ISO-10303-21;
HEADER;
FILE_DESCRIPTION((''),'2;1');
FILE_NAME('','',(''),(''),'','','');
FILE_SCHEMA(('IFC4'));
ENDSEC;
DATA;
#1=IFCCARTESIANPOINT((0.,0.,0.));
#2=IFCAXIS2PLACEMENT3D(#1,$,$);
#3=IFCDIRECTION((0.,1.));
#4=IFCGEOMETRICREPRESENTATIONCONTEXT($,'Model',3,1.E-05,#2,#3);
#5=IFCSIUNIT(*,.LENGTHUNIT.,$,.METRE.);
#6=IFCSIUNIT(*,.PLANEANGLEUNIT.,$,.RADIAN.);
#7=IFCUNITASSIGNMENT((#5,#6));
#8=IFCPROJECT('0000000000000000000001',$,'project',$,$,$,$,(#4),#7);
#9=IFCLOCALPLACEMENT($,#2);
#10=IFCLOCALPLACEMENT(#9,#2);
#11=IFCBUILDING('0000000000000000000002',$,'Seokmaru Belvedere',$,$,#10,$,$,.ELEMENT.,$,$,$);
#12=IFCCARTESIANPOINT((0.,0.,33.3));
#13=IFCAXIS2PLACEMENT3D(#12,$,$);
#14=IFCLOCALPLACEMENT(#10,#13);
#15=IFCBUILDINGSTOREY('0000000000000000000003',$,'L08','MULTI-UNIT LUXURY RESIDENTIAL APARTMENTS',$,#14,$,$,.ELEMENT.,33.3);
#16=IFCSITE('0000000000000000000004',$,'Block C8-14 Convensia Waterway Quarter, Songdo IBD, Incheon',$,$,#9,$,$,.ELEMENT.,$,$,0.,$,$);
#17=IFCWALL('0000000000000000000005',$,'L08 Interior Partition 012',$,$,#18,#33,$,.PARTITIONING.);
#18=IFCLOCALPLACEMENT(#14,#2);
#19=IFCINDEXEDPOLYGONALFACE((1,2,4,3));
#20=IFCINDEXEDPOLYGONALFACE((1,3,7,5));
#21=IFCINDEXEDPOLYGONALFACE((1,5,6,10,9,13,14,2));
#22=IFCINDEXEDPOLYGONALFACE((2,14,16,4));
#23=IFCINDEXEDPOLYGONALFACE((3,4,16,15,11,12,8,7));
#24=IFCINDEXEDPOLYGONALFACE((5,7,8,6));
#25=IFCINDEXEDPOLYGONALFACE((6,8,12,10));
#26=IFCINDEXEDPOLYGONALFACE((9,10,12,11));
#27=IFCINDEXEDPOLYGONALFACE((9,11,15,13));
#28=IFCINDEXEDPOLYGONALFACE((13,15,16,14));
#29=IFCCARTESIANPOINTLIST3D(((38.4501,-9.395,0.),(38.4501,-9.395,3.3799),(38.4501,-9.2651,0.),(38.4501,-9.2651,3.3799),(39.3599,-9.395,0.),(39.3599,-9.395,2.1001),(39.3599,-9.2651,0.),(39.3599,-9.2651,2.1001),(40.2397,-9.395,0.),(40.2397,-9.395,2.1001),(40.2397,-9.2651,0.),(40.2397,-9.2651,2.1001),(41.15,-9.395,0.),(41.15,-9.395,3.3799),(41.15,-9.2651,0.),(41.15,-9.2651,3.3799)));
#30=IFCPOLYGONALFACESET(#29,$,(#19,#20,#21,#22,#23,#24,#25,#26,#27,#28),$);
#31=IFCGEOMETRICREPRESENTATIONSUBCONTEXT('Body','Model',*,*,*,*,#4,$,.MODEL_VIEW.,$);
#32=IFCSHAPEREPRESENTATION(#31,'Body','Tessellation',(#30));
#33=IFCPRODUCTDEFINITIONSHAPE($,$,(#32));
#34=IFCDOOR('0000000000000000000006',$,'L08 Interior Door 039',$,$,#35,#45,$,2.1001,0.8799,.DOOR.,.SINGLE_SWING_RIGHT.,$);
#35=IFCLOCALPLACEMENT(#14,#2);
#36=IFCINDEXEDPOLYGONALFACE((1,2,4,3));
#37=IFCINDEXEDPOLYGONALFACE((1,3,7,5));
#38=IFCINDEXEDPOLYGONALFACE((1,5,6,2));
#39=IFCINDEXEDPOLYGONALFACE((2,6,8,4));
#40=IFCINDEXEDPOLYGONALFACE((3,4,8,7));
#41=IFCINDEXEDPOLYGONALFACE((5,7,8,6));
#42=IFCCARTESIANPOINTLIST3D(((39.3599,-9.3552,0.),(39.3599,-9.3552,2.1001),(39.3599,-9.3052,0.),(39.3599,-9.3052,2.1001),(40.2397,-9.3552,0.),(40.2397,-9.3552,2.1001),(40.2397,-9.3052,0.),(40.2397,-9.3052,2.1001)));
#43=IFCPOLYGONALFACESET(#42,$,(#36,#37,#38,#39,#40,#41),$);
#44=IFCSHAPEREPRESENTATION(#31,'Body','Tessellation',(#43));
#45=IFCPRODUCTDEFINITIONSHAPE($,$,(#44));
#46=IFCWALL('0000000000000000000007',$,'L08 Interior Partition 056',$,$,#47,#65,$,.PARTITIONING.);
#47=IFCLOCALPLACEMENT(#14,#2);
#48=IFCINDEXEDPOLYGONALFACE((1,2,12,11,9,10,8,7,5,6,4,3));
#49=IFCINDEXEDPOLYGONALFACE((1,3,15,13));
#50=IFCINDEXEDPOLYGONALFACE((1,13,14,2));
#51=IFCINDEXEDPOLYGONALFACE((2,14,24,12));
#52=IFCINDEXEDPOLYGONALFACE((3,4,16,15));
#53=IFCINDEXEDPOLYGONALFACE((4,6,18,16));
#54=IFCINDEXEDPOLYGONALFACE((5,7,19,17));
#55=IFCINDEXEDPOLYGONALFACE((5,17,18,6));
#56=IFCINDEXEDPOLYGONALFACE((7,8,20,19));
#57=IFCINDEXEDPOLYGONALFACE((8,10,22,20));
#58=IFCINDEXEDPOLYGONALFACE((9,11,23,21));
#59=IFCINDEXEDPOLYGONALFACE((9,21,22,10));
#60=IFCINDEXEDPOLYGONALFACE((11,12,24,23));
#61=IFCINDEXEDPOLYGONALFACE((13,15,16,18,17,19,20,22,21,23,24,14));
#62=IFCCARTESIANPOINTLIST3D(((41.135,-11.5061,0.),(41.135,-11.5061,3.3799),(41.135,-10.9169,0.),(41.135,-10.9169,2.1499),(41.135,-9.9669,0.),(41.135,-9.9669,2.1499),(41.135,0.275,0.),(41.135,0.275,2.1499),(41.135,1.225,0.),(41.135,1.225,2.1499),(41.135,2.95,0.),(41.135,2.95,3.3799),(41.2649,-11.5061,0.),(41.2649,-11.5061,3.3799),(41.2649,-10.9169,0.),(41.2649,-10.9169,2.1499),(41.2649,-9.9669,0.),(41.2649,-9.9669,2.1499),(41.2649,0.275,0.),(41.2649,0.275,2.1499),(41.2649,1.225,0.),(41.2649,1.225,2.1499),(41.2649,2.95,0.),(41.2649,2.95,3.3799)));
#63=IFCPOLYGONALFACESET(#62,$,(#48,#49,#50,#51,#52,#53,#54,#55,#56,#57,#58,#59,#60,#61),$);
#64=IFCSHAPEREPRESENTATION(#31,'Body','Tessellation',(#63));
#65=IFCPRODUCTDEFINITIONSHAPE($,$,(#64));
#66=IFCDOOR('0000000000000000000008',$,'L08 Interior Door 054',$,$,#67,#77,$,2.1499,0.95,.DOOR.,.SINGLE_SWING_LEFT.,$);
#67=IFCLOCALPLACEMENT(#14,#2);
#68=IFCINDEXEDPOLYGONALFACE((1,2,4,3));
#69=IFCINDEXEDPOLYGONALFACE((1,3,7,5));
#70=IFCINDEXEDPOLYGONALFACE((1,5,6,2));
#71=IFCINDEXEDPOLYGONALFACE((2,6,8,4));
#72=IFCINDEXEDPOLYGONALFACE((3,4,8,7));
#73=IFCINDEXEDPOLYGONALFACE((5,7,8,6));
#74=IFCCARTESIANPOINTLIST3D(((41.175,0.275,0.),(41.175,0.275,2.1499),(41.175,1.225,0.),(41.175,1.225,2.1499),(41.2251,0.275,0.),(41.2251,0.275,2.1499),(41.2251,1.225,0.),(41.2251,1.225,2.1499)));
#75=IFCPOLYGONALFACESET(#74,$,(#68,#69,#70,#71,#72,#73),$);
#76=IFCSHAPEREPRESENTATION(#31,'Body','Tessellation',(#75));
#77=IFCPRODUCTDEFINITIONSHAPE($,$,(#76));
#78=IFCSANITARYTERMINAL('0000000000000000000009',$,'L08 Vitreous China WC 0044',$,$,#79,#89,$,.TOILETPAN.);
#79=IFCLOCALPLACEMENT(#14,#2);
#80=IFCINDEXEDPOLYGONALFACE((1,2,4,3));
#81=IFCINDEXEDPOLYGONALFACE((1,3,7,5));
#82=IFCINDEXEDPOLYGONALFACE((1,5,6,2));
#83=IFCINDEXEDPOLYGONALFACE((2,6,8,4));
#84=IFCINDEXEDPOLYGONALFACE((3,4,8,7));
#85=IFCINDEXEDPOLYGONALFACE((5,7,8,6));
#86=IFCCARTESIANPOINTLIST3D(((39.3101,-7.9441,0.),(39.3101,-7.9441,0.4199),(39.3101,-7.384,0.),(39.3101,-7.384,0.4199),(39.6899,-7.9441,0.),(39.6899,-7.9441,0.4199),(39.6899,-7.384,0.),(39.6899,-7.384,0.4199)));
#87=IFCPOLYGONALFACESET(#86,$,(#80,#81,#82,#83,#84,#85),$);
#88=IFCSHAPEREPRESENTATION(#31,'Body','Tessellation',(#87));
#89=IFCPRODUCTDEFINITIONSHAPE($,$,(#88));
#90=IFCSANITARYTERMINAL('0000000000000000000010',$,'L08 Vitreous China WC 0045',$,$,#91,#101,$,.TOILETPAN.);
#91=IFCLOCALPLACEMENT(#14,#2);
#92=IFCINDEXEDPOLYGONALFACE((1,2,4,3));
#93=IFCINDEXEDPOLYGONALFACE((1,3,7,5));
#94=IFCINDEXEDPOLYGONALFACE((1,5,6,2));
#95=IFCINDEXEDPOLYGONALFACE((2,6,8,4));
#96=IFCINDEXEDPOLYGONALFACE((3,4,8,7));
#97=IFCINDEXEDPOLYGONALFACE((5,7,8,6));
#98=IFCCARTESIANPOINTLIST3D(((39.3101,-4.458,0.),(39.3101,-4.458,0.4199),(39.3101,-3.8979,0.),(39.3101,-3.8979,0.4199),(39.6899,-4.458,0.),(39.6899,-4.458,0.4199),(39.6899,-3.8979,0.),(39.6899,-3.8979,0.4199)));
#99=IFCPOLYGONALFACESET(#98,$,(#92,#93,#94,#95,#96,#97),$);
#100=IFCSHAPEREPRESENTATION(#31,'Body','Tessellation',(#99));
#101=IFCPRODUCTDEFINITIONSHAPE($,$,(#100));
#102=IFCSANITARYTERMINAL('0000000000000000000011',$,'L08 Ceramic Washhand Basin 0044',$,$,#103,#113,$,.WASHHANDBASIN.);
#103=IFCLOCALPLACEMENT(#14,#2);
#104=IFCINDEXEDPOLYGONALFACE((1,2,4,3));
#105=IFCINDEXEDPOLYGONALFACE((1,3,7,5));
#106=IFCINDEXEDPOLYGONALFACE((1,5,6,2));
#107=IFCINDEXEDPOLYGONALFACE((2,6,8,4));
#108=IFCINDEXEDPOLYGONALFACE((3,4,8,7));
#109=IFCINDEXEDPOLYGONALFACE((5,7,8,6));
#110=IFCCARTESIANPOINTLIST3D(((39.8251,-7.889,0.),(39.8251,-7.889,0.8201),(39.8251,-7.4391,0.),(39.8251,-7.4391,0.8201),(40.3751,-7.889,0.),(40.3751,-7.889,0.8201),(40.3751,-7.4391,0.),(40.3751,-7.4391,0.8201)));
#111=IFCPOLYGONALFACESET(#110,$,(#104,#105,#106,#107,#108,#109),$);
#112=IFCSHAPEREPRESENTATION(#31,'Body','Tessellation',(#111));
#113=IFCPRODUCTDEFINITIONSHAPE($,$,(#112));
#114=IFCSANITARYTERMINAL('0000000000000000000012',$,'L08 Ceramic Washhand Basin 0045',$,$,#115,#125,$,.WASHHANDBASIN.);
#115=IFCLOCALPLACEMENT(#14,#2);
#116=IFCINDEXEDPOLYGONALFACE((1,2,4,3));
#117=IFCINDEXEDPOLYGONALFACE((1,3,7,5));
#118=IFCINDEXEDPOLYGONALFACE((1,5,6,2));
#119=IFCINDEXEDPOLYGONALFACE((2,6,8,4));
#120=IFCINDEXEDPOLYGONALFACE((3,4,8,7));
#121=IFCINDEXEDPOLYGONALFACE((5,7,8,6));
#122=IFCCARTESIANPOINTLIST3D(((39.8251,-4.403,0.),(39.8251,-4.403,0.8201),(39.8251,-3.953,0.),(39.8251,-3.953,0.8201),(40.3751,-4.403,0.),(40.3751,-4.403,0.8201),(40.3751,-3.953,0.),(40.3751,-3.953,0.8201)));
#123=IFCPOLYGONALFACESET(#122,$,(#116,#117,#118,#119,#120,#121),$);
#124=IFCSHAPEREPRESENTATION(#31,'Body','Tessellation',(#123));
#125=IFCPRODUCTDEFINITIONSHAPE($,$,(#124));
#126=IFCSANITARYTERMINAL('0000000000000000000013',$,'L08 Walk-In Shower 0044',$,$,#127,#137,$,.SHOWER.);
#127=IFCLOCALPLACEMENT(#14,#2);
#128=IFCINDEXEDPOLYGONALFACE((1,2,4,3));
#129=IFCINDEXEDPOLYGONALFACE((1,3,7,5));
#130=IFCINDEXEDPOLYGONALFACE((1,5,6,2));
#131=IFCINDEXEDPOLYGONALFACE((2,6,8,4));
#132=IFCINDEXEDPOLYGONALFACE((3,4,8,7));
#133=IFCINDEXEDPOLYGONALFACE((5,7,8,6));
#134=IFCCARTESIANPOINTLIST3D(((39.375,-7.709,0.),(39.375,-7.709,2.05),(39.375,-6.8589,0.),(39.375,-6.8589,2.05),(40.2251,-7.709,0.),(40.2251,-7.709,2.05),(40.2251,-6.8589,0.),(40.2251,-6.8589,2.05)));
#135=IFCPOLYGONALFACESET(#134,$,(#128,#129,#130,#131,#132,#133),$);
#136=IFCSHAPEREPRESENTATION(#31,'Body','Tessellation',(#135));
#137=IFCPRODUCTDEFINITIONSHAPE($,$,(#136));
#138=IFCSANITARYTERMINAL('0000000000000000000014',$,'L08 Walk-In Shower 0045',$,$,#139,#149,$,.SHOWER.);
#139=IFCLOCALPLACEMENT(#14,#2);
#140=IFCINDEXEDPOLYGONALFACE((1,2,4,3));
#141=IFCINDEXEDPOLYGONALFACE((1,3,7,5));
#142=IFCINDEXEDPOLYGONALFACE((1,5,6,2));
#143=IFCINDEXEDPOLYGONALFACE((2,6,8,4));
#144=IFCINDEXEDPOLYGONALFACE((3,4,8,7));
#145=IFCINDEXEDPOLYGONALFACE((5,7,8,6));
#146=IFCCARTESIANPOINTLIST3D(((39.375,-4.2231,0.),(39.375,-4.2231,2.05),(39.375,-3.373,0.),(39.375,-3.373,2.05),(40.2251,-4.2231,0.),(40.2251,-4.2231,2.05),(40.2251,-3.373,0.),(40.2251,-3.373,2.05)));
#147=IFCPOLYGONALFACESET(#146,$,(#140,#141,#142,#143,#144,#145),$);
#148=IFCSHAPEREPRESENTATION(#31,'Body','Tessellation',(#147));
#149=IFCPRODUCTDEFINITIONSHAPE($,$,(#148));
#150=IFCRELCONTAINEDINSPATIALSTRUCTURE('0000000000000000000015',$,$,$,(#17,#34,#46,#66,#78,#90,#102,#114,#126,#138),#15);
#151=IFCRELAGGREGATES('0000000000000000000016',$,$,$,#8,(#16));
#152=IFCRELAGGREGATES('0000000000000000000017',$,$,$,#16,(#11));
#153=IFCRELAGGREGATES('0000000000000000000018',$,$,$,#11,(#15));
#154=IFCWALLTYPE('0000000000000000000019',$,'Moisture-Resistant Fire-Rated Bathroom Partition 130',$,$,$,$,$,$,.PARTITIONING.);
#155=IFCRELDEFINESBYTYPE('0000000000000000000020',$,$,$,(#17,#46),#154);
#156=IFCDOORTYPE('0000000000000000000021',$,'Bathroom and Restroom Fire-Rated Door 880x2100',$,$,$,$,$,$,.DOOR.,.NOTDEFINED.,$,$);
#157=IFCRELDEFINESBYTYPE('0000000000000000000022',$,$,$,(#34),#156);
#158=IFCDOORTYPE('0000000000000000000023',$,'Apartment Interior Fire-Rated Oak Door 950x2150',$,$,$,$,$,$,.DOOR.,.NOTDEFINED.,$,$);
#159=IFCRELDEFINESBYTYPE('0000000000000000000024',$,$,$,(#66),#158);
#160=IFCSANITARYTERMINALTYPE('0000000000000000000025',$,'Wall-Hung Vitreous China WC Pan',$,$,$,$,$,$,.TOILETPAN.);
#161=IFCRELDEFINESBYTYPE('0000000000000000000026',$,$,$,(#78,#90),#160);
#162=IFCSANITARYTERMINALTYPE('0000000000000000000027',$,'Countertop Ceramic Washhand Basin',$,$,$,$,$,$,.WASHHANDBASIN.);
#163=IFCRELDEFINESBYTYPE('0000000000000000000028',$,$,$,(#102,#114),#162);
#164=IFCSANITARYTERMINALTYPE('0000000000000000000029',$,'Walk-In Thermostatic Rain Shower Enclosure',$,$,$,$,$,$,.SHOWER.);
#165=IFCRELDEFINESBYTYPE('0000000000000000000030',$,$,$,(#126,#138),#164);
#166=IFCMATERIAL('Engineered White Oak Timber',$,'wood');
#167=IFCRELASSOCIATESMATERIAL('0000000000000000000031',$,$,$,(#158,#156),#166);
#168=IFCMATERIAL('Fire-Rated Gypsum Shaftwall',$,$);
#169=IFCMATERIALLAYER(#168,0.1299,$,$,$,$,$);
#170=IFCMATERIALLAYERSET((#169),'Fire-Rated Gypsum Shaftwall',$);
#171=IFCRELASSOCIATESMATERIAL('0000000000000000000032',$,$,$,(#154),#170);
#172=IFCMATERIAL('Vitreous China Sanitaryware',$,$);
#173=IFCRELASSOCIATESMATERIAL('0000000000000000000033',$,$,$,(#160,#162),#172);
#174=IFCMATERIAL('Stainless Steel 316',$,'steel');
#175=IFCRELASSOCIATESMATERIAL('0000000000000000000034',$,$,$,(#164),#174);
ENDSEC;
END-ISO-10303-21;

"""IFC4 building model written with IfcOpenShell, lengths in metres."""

from ifc_helpers import new_model, si_unit, direction, frame, frame_2d, origin, origin_2d, place, context, subcontext, project, spatial, rectangle, extrude, source, transform, mapped, material, layer, layer_set, type_object, type_shapes, element, fill, save


model = new_model("IFC4")

# Units and contexts
model_context = context("Model", 3, precision=1e-05, world=origin(), true_north=direction((0.0, 1.0)))
body_context = subcontext(model_context, "Body", "Model", "MODEL_VIEW")
ifc_project = project(units=[si_unit("LENGTHUNIT", "METRE"), si_unit("PLANEANGLEUNIT", "RADIAN")], contexts=[model_context])

# Site, building, storey
site_placement = place(None, origin())
site = spatial("IfcSite", under=ifc_project, at=site_placement, Name="Block C8-14 Convensia Waterway Quarter, Songdo IBD, Incheon", CompositionType="ELEMENT", RefElevation=0.0)
building_placement = place(site_placement, origin())
building = spatial("IfcBuilding", under=site, at=building_placement, Name="Seokmaru Belvedere", CompositionType="ELEMENT")
storey_placement = place(building_placement, frame((0.0, 0.0, 33.3)))
storey = spatial("IfcBuildingStorey", under=building, at=storey_placement, Name="L08", Description="MULTI-UNIT LUXURY RESIDENTIAL APARTMENTS", CompositionType="ELEMENT", Elevation=33.3)

# Shared definitions
ifc_material_1 = material(Name="Fire-Rated Gypsum Shaftwall")

# Shared definitions
ifc_material_2 = material(Name="Engineered White Oak Timber", Category="wood")
door_type_1 = type_object("IfcDoorType", Name="Apartment Interior Fire-Rated Oak Door 950x2150", OperationType="NOTDEFINED", PredefinedType="DOOR", material=ifc_material_2)
shared_shape_1 = source(origin(), body_context, "Body", "SweptSolid", [
    extrude(rectangle(XDim=0.95, YDim=2.1499, at=frame_2d((0.4751, 1.075))), frame((0.0, 0.0249, 0.0), z_axis=(0.0, -1.0, 0.0), x_axis=(1.0, 0.0, 0.0)), (0.0, 0.0, 1.0), 0.05),
])
type_shapes(door_type_1, [shared_shape_1])

# Wall, opening, door
ifc_layer_1 = layer(ifc_material_1, 0.1299)
ifc_layer_set_1 = layer_set([ifc_layer_1], Name="Fire-Rated Gypsum Shaftwall")
wall_type_1 = type_object("IfcWallType", Name="Moisture-Resistant Fire-Rated Bathroom Partition 130", PredefinedType="PARTITIONING", material=ifc_layer_set_1)
wall_1_placement = place(storey_placement, frame((38.45, -9.3301, 0.0), z_axis=(0.0, 0.0, 1.0), x_axis=(1.0, 0.0, 0.0)))
wall_1 = element("IfcWall", 1, at=wall_1_placement, inside=storey, type_object=wall_type_1, Name="L08 Interior Partition 012", PredefinedType="PARTITIONING", context=body_context, shape_type="SweptSolid", body=[
    extrude(rectangle(XDim=2.7, YDim=0.1299, at=frame_2d((1.3501, 0.0))), origin(), (0.0, 0.0, 1.0), 3.3799),
])
opening_1_placement = place(wall_1_placement, frame((0.9099, 0.0, 0.0)))
opening_1 = element("IfcOpeningElement", 2, at=opening_1_placement, cuts=wall_1, PredefinedType="OPENING", context=body_context, shape_type="SweptSolid", body=[
    extrude(rectangle(XDim=0.8799, YDim=2.1001, at=frame_2d((0.4399, 1.05))), frame((0.0, 0.075, 0.0), z_axis=(0.0, -1.0, 0.0), x_axis=(1.0, 0.0, 0.0)), (0.0, 0.0, 1.0), 0.1499),
])
door_type_2 = type_object("IfcDoorType", Name="Bathroom and Restroom Fire-Rated Door 880x2100", OperationType="NOTDEFINED", PredefinedType="DOOR", material=ifc_material_2)
shared_shape_2 = source(origin(), body_context, "Body", "SweptSolid", [
    extrude(rectangle(XDim=0.8799, YDim=2.1001, at=frame_2d((0.4399, 1.05))), frame((0.0, 0.0249, 0.0), z_axis=(0.0, -1.0, 0.0), x_axis=(1.0, 0.0, 0.0)), (0.0, 0.0, 1.0), 0.05),
])
type_shapes(door_type_2, [shared_shape_2])
door_1_placement = place(opening_1_placement, origin())
door_1 = element("IfcDoor", 3, at=door_1_placement, inside=storey, type_object=door_type_2, Name="L08 Interior Door 039", OperationType="SINGLE_SWING_RIGHT", OverallHeight=2.1001, OverallWidth=0.8799, PredefinedType="DOOR", context=body_context, shape_type="MappedRepresentation", body=[
    mapped(shared_shape_2, transform((0.0, 0.0, 0.0), scale=1.0)),
])
fill(opening_1, door_1)

# Wall, openings, door
wall_2_placement = place(storey_placement, frame((41.2, -11.5061, 0.0), z_axis=(0.0, 0.0, 1.0), x_axis=(0.0, 1.0, 0.0)))
wall_2 = element("IfcWall", 4, at=wall_2_placement, inside=storey, type_object=wall_type_1, Name="L08 Interior Partition 056", PredefinedType="PARTITIONING", context=body_context, shape_type="SweptSolid", body=[
    extrude(rectangle(XDim=14.4561, YDim=0.1299, at=frame_2d((7.228, 0.0))), origin(), (0.0, 0.0, 1.0), 3.3799),
])
opening_2_placement = place(wall_2_placement, frame((0.5891, 0.0, 0.0)))
element("IfcOpeningElement", 5, at=opening_2_placement, cuts=wall_2, PredefinedType="OPENING", context=body_context, shape_type="SweptSolid", body=[
    extrude(rectangle(XDim=0.95, YDim=2.1499, at=frame_2d((0.4751, 1.075))), frame((0.0, 0.075, 0.0), z_axis=(0.0, -1.0, 0.0), x_axis=(1.0, 0.0, 0.0)), (0.0, 0.0, 1.0), 0.1499),
])
opening_3_placement = place(wall_2_placement, frame((11.781, 0.0, 0.0)))
opening_3 = element("IfcOpeningElement", 6, at=opening_3_placement, cuts=wall_2, PredefinedType="OPENING", context=body_context, shape_type="SweptSolid", body=[
    extrude(rectangle(XDim=0.95, YDim=2.1499, at=frame_2d((0.4751, 1.075))), frame((0.0, 0.075, 0.0), z_axis=(0.0, -1.0, 0.0), x_axis=(1.0, 0.0, 0.0)), (0.0, 0.0, 1.0), 0.1499),
])
door_2_placement = place(opening_3_placement, origin())
door_2 = element("IfcDoor", 7, at=door_2_placement, inside=storey, type_object=door_type_1, Name="L08 Interior Door 054", OperationType="SINGLE_SWING_LEFT", OverallHeight=2.1499, OverallWidth=0.95, PredefinedType="DOOR", context=body_context, shape_type="MappedRepresentation", body=[
    mapped(shared_shape_1, transform((0.0, 0.0, 0.0), scale=1.0)),
])
fill(opening_3, door_2)

# Sanitary terminals
ifc_material_3 = material(Name="Vitreous China Sanitaryware")
sanitary_terminal_type_1 = type_object("IfcSanitaryTerminalType", Name="Wall-Hung Vitreous China WC Pan", PredefinedType="TOILETPAN", material=ifc_material_3)
shared_shape_3 = source(origin(), body_context, "Body", "SweptSolid", [
    extrude(rectangle(XDim=0.3799, YDim=0.5601, at=origin_2d()), origin(), (0.0, 0.0, 1.0), 0.4199),
])
type_shapes(sanitary_terminal_type_1, [shared_shape_3])
for number, where, z_axis, x_axis, name in (
    (8, (39.5, -7.6641, 0.0), (0.0, 0.0, 1.0), (1.0, 0.0, 0.0), "L08 Vitreous China WC 0044"),
    (9, (39.5, -4.178, 0.0), (0.0, 0.0, 1.0), (1.0, 0.0, 0.0), "L08 Vitreous China WC 0045"),
):
    element("IfcSanitaryTerminal", number, at=place(storey_placement, frame(where, z_axis=z_axis, x_axis=x_axis)), inside=storey, type_object=sanitary_terminal_type_1, Name=name, PredefinedType="TOILETPAN", context=body_context, shape_type="MappedRepresentation", body=[
        mapped(shared_shape_3, transform((0.0, 0.0, 0.0), scale=1.0)),
    ])
sanitary_terminal_type_2 = type_object("IfcSanitaryTerminalType", Name="Countertop Ceramic Washhand Basin", PredefinedType="WASHHANDBASIN", material=ifc_material_3)
shared_shape_4 = source(origin(), body_context, "Body", "SweptSolid", [
    extrude(rectangle(XDim=0.55, YDim=0.45, at=origin_2d()), origin(), (0.0, 0.0, 1.0), 0.8201),
])
type_shapes(sanitary_terminal_type_2, [shared_shape_4])
for number, where, z_axis, x_axis, name in (
    (10, (40.1001, -7.6641, 0.0), (0.0, 0.0, 1.0), (1.0, 0.0, 0.0), "L08 Ceramic Washhand Basin 0044"),
    (11, (40.1001, -4.178, 0.0), (0.0, 0.0, 1.0), (1.0, 0.0, 0.0), "L08 Ceramic Washhand Basin 0045"),
):
    element("IfcSanitaryTerminal", number, at=place(storey_placement, frame(where, z_axis=z_axis, x_axis=x_axis)), inside=storey, type_object=sanitary_terminal_type_2, Name=name, PredefinedType="WASHHANDBASIN", context=body_context, shape_type="MappedRepresentation", body=[
        mapped(shared_shape_4, transform((0.0, 0.0, 0.0), scale=1.0)),
    ])
ifc_material_4 = material(Name="Stainless Steel 316", Category="steel")
sanitary_terminal_type_3 = type_object("IfcSanitaryTerminalType", Name="Walk-In Thermostatic Rain Shower Enclosure", PredefinedType="SHOWER", material=ifc_material_4)
shared_shape_5 = source(origin(), body_context, "Body", "SweptSolid", [
    extrude(rectangle(XDim=0.8501, YDim=0.8501, at=origin_2d()), origin(), (0.0, 0.0, 1.0), 2.05),
])
type_shapes(sanitary_terminal_type_3, [shared_shape_5])
for number, where, z_axis, x_axis, name in (
    (12, (39.8, -7.2839, 0.0), (0.0, 0.0, 1.0), (1.0, 0.0, 0.0), "L08 Walk-In Shower 0044"),
    (13, (39.8, -3.7981, 0.0), (0.0, 0.0, 1.0), (1.0, 0.0, 0.0), "L08 Walk-In Shower 0045"),
):
    element("IfcSanitaryTerminal", number, at=place(storey_placement, frame(where, z_axis=z_axis, x_axis=x_axis)), inside=storey, type_object=sanitary_terminal_type_3, Name=name, PredefinedType="SHOWER", context=body_context, shape_type="MappedRepresentation", body=[
        mapped(shared_shape_5, transform((0.0, 0.0, 0.0), scale=1.0)),
    ])

save(model, "model.ifc")
